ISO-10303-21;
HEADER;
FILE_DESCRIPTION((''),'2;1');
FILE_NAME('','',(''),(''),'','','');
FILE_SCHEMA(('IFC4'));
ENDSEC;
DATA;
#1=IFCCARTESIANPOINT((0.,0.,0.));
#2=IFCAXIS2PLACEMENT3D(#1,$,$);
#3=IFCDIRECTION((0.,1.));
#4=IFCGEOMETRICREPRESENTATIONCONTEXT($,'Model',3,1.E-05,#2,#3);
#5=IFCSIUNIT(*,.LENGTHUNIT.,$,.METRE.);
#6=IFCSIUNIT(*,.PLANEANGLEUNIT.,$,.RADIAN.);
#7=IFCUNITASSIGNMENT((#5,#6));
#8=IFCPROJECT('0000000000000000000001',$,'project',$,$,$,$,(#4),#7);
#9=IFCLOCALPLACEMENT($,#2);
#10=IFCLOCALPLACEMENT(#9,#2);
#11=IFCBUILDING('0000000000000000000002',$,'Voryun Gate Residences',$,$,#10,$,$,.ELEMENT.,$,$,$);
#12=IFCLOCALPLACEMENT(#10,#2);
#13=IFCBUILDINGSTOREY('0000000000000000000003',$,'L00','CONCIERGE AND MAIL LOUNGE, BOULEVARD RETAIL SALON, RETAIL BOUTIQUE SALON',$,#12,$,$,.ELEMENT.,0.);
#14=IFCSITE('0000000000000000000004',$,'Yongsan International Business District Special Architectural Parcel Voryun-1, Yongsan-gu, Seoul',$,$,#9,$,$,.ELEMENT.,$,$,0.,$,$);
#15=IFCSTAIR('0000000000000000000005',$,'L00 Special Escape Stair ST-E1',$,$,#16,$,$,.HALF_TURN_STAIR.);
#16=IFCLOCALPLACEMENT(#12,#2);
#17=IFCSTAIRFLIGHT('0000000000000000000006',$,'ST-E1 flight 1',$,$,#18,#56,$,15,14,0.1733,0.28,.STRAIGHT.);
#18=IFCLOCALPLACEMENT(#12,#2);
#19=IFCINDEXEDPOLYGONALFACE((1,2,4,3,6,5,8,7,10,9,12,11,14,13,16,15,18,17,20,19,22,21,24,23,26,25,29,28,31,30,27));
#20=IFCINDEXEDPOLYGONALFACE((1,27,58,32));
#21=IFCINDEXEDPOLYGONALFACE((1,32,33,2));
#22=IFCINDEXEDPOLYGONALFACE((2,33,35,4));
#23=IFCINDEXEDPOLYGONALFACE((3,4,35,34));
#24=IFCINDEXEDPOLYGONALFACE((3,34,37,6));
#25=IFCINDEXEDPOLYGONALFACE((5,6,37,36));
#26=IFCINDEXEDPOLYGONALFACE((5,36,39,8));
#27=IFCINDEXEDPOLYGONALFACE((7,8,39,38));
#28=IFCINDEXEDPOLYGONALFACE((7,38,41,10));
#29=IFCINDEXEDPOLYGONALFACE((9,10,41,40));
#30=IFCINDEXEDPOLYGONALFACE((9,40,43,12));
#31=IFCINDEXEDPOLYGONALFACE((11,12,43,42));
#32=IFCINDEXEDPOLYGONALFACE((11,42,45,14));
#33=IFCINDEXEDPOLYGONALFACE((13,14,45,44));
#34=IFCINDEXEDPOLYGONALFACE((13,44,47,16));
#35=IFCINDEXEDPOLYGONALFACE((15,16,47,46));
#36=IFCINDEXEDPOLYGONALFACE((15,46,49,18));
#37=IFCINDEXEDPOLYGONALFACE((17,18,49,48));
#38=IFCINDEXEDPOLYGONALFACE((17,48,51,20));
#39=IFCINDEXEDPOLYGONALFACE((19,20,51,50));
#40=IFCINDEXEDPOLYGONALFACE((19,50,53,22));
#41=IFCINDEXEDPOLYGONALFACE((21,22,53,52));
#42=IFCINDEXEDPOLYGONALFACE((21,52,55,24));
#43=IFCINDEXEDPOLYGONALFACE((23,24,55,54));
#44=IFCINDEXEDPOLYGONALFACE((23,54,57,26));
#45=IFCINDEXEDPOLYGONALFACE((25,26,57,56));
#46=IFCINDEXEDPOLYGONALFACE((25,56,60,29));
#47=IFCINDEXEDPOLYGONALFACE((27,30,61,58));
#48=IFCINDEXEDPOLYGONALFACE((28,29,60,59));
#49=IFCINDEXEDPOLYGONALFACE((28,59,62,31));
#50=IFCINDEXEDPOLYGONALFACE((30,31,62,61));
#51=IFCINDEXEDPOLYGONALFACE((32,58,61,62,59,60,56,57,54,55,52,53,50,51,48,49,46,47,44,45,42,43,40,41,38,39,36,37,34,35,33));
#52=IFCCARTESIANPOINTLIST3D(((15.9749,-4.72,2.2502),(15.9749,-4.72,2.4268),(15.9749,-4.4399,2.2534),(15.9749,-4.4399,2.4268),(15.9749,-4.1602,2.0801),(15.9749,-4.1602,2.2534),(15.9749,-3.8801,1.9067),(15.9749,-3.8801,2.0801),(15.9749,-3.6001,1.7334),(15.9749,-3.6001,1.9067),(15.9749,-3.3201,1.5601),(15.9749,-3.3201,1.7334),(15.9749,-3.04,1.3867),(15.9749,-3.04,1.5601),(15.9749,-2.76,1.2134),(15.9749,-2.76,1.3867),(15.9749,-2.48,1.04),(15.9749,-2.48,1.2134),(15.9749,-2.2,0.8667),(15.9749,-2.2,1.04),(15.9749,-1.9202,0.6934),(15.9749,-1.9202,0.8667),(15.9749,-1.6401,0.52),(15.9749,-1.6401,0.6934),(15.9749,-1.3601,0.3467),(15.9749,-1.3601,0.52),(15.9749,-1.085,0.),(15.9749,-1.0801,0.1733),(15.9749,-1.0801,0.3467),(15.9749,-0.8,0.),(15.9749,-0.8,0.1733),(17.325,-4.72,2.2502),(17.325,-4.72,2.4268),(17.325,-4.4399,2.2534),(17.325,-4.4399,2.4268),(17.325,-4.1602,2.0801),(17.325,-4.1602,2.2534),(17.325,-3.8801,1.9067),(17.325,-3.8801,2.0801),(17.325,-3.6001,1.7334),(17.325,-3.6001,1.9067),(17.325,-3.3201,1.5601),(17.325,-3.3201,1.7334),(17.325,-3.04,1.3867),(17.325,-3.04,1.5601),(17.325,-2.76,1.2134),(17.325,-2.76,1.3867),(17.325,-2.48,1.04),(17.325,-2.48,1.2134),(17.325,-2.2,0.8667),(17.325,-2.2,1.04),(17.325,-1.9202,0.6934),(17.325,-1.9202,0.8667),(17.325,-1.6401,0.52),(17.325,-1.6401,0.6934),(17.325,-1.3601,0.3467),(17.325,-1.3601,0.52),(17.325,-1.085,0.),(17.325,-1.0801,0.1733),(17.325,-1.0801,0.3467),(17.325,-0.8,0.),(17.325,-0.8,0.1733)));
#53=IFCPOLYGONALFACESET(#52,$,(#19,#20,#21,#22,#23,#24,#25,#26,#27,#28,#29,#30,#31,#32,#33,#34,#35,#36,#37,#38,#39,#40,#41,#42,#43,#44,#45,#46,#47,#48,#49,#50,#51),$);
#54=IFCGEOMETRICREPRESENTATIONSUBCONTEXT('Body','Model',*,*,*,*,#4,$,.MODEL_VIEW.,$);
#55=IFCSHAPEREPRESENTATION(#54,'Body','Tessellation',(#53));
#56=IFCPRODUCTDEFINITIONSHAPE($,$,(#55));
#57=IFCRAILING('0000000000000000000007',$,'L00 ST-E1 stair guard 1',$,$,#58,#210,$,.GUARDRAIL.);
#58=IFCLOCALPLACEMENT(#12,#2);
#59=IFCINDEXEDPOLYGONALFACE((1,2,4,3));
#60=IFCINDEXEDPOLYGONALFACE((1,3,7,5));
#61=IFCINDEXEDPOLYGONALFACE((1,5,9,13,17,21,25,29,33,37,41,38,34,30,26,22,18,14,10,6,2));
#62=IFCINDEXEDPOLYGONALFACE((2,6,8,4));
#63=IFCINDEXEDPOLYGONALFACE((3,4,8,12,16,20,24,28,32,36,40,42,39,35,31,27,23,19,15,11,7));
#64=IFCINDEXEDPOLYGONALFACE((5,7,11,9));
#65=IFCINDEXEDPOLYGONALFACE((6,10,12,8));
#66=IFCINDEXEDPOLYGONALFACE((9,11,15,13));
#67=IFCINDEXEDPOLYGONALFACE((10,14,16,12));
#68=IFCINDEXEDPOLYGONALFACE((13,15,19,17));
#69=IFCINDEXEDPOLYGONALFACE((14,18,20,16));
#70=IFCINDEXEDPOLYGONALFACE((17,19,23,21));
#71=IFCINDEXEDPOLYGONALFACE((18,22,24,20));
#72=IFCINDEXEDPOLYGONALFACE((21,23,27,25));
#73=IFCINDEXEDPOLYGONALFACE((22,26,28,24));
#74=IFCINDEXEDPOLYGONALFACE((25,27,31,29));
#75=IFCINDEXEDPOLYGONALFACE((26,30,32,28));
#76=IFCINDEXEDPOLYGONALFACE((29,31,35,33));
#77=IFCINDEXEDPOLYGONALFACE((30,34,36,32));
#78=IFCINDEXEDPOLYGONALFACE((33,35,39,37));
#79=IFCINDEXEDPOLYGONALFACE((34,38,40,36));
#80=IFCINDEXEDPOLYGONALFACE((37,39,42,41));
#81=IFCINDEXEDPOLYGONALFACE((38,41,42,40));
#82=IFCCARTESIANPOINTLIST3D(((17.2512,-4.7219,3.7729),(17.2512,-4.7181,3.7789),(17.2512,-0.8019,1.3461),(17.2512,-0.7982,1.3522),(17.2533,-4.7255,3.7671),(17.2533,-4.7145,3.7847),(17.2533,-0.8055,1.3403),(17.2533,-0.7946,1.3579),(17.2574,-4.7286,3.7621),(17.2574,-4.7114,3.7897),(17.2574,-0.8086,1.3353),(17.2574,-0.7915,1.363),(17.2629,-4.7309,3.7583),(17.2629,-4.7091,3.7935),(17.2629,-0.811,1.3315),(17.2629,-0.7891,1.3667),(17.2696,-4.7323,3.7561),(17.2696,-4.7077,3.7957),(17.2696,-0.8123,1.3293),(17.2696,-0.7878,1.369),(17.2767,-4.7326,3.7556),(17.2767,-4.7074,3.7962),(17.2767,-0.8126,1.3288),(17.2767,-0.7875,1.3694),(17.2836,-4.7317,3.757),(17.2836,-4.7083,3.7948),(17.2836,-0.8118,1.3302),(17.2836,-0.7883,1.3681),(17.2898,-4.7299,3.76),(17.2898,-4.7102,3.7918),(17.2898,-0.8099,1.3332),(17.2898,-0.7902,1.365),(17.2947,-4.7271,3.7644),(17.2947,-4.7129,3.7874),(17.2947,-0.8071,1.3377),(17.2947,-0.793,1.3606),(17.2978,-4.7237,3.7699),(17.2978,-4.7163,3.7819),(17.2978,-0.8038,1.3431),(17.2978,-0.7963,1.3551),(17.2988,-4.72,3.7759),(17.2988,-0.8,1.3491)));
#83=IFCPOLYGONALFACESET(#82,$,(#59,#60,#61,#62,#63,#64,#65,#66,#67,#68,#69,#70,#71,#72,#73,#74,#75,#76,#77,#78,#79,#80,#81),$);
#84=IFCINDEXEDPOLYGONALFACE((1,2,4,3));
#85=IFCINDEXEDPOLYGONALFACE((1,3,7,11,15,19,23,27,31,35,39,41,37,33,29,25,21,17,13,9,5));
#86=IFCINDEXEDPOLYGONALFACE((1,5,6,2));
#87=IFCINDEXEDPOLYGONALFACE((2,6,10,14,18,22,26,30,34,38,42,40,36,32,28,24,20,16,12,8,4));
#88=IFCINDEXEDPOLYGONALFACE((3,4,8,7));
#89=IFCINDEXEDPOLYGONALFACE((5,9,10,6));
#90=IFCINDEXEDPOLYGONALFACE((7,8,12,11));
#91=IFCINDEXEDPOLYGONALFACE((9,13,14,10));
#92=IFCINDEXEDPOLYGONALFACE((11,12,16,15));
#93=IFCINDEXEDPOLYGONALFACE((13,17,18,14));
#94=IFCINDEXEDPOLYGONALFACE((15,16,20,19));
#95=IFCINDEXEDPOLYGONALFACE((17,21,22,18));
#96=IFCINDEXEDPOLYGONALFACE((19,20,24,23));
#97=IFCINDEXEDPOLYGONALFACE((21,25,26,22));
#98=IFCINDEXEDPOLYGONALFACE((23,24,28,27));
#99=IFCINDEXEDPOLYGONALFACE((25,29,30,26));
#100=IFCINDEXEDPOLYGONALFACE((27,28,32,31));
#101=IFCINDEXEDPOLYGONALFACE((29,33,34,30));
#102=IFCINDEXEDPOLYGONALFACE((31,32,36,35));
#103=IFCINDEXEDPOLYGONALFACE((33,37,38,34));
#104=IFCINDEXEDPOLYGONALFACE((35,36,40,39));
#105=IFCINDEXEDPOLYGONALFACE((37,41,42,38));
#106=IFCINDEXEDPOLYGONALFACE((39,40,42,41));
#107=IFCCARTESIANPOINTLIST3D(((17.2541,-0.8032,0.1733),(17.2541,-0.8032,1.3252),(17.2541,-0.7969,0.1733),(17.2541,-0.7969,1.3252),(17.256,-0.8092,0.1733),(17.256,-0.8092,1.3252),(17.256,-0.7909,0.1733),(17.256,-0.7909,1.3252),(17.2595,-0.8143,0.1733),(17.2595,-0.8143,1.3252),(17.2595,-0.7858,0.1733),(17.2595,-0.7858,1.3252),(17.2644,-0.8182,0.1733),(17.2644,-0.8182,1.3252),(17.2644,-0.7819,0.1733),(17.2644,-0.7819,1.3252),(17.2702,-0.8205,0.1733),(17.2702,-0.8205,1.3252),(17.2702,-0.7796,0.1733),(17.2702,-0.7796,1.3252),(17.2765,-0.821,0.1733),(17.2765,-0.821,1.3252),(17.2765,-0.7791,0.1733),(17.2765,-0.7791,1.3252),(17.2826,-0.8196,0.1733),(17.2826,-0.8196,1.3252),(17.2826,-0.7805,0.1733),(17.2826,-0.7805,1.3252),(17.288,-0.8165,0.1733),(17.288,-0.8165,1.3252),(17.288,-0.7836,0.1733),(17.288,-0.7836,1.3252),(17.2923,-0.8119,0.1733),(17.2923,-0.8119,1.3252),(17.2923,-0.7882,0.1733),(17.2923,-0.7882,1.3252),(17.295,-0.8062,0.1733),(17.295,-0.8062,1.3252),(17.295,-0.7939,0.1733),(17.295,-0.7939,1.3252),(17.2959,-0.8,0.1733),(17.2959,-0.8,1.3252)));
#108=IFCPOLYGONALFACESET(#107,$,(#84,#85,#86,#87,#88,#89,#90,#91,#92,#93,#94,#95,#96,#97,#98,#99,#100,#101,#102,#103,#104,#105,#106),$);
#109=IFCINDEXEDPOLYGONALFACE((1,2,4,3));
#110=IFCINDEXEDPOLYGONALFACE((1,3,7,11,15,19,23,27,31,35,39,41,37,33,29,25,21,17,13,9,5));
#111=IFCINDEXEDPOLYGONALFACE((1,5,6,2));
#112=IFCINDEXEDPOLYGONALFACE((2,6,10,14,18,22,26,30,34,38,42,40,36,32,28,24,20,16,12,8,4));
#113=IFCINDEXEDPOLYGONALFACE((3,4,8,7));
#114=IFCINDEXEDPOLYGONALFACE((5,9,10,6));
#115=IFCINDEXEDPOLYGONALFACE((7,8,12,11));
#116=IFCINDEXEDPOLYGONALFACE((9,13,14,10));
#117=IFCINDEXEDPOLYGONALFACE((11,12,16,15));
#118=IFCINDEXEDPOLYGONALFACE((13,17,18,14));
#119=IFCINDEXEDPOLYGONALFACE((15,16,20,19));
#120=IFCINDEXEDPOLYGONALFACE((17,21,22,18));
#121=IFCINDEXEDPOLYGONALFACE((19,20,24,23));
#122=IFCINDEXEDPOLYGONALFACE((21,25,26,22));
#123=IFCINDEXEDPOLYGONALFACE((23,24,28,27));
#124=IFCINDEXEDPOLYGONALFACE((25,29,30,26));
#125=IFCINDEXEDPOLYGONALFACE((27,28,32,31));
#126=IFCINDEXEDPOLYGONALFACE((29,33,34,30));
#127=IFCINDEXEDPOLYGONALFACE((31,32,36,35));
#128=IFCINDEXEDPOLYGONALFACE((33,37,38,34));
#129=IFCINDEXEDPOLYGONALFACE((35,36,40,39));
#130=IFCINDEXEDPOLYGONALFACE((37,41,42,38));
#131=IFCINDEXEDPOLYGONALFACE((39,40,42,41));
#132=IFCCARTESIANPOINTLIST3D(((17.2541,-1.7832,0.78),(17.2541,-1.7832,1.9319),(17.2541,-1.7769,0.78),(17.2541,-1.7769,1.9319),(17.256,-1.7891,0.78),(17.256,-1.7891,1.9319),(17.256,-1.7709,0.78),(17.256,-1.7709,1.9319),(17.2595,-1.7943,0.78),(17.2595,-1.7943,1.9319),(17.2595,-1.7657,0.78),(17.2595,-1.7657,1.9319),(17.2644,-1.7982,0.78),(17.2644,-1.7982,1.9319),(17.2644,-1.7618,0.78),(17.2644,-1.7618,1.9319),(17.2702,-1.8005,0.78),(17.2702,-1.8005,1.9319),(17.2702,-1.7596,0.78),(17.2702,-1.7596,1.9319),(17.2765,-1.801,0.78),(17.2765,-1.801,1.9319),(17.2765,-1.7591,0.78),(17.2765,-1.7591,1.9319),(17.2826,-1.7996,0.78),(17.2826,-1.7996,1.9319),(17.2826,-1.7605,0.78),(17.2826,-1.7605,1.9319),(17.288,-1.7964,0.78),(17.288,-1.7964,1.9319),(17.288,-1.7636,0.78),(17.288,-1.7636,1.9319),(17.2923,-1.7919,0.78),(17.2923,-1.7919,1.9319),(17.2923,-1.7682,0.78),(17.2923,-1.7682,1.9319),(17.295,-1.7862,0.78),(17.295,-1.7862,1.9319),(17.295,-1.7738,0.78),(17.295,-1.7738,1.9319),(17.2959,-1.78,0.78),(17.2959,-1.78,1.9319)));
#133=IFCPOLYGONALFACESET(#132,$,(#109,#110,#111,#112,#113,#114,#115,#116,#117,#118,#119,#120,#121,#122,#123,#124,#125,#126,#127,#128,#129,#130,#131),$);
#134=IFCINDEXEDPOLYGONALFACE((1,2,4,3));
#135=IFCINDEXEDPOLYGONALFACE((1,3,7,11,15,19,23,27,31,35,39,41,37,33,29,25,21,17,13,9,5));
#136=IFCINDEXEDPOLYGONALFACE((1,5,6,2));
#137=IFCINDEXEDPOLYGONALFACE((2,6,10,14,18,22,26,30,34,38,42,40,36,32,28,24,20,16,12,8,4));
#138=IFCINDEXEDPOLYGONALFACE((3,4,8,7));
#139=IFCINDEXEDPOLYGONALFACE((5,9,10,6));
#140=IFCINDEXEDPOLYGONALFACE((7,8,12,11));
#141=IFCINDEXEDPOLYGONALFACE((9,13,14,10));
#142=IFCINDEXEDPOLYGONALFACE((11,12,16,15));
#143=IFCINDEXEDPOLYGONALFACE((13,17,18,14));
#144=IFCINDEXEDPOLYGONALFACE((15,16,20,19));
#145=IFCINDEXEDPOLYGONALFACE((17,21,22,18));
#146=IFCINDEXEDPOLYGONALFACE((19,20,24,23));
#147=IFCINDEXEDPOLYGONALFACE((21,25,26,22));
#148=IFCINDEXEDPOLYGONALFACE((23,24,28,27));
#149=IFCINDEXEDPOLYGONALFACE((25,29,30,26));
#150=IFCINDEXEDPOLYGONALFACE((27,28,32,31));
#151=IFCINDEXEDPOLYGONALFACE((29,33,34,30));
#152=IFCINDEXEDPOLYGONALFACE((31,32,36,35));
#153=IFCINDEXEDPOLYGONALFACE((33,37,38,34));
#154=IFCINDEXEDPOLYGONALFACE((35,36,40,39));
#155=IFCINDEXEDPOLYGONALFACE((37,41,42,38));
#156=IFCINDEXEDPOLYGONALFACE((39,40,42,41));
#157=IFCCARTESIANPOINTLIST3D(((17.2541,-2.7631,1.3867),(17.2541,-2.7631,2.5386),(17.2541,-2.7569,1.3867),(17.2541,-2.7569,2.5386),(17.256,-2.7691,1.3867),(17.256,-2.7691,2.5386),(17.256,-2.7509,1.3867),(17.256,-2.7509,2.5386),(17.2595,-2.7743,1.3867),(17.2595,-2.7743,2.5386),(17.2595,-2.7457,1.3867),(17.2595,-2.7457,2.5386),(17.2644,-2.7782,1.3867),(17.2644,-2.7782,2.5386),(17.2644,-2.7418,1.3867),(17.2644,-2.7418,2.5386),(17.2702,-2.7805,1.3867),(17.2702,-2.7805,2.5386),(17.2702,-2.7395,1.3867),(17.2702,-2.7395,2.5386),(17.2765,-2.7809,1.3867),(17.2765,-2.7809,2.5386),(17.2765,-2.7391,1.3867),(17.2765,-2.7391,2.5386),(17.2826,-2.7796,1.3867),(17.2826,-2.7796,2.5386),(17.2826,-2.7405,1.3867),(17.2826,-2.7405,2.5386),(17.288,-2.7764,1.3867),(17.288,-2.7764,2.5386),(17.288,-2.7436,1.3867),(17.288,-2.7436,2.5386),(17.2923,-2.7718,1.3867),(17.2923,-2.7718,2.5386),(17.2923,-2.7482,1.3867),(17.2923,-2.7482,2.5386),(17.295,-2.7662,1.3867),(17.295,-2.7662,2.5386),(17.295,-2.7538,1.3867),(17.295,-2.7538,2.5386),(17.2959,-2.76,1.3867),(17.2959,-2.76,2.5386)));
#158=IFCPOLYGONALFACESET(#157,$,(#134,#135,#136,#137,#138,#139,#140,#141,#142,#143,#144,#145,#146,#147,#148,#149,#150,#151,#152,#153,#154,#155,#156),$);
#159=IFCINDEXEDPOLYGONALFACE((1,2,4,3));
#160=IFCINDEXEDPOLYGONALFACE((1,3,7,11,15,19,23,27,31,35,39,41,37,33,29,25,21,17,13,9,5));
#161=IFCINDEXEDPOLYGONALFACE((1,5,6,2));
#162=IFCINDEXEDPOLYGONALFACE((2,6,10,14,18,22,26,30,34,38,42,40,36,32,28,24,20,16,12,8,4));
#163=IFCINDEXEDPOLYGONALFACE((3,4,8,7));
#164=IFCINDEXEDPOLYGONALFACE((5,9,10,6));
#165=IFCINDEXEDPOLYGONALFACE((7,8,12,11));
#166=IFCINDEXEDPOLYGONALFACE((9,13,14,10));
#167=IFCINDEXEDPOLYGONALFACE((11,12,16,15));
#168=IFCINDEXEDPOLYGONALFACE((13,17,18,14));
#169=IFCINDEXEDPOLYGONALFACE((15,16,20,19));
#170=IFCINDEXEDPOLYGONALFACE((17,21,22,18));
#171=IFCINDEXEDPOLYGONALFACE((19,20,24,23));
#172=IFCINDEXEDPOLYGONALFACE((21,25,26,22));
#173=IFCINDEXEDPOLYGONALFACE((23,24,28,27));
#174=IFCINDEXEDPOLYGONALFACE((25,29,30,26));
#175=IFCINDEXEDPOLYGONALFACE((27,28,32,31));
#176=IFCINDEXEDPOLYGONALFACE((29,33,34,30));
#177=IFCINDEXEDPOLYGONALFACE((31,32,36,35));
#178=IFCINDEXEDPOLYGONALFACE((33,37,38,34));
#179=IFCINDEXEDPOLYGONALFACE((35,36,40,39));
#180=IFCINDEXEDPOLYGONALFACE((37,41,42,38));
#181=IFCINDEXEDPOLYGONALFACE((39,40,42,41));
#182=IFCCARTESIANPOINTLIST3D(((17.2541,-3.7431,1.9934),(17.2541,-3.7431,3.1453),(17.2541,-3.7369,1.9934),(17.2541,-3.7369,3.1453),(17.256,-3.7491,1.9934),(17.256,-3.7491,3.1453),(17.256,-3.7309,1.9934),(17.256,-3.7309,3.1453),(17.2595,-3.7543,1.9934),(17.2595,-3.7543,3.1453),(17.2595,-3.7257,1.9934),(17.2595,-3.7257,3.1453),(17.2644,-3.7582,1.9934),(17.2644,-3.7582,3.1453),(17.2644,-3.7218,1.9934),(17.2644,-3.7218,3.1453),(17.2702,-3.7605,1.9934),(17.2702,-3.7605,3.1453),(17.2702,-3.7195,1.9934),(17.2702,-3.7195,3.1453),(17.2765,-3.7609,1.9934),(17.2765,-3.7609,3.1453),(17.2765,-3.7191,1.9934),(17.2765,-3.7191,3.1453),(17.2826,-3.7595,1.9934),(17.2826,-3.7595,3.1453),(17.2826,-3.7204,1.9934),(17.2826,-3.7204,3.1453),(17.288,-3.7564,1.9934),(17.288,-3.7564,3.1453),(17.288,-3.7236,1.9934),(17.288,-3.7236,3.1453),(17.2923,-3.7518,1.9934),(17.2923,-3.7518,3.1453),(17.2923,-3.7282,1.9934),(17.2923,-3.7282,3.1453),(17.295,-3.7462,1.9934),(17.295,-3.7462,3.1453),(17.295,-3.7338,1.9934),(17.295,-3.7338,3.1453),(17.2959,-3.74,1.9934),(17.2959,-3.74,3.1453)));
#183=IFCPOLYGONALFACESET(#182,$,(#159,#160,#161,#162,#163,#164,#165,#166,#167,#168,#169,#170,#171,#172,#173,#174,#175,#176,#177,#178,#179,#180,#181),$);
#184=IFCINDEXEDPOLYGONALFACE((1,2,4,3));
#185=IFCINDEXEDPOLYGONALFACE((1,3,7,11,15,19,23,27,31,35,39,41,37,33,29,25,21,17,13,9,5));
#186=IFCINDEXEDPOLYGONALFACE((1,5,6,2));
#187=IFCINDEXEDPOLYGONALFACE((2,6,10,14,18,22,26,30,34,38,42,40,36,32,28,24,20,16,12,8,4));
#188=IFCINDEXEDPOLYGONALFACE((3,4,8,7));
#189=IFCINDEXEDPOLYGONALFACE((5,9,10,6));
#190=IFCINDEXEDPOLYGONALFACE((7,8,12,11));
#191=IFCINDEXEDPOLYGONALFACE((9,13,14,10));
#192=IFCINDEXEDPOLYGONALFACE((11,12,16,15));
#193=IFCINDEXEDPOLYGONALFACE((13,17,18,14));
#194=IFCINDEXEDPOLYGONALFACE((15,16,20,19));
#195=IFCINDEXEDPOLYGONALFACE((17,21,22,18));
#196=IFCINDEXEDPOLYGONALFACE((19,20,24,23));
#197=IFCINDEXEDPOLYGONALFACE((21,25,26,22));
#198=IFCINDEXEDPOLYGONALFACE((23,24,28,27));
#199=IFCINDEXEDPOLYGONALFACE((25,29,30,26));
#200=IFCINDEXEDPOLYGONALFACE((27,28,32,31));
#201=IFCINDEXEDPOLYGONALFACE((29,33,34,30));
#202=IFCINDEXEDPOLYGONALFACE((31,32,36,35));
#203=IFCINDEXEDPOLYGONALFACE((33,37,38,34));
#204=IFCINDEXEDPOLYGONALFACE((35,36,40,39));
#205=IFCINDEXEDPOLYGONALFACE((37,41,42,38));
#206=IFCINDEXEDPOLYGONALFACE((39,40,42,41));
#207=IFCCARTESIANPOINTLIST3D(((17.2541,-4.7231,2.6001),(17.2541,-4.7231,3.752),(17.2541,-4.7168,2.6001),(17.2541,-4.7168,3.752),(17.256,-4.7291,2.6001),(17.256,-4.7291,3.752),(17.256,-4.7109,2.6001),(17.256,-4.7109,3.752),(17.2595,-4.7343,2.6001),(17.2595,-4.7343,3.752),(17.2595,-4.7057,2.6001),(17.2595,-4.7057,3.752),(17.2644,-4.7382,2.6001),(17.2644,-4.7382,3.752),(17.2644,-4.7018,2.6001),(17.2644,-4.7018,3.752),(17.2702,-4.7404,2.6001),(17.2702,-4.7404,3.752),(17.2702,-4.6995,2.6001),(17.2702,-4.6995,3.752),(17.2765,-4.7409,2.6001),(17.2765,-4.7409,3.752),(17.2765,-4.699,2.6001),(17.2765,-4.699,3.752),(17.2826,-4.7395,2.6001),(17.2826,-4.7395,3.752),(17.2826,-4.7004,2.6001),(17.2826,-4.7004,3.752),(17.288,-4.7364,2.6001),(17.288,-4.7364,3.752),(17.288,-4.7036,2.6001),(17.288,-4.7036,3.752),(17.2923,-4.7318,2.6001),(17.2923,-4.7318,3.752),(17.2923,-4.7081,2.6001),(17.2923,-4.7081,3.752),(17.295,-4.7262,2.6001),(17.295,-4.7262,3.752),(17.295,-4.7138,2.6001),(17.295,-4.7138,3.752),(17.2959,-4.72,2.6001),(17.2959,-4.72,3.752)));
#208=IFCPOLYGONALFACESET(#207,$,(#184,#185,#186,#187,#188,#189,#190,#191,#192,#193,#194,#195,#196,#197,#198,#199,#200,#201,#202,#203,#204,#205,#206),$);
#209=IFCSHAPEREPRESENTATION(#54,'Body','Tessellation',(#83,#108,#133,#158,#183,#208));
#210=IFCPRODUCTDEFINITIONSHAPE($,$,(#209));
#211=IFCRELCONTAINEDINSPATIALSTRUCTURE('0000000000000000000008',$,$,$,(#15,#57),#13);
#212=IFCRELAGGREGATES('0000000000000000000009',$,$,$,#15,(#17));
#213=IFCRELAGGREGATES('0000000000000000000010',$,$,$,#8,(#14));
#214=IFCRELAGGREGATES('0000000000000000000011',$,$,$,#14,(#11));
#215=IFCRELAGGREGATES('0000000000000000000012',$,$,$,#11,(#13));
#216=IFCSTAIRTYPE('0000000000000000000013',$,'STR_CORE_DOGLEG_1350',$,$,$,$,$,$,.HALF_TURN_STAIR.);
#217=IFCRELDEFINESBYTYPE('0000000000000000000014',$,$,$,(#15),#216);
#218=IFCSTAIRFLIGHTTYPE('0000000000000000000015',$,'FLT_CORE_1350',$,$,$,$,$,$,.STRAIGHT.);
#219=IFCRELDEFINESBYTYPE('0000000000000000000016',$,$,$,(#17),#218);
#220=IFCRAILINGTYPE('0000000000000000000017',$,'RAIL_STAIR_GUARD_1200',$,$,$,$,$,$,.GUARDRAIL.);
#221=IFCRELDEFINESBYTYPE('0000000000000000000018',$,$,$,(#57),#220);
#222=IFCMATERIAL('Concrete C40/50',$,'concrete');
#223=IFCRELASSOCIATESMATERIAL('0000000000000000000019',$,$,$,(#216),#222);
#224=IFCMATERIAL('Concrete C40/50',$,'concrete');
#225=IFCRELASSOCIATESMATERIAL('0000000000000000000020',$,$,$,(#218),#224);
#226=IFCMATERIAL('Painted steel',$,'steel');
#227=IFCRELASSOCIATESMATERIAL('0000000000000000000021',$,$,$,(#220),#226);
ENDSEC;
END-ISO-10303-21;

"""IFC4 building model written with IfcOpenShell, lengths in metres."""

from ifc_helpers import new_model, si_unit, direction, frame, origin, origin_2d, place, context, subcontext, project, spatial, polyline, circle, outline, extrude, material, type_object, element, aggregate, save


model = new_model("IFC4")

# Units and contexts
model_context = context("Model", 3, precision=1e-05, world=origin(), true_north=direction((0.0, 1.0)))
body_context = subcontext(model_context, "Body", "Model", "MODEL_VIEW")
ifc_project = project(units=[si_unit("LENGTHUNIT", "METRE"), si_unit("PLANEANGLEUNIT", "RADIAN")], contexts=[model_context])

# Site, building, storey
site_placement = place(None, origin())
site = spatial("IfcSite", under=ifc_project, at=site_placement, Name="Yongsan International Business District Special Architectural Parcel Voryun-1, Yongsan-gu, Seoul", CompositionType="ELEMENT", RefElevation=0.0)
building_placement = place(site_placement, origin())
building = spatial("IfcBuilding", under=site, at=building_placement, Name="Voryun Gate Residences", CompositionType="ELEMENT")
storey_placement = place(building_placement, origin())
storey = spatial("IfcBuildingStorey", under=building, at=storey_placement, Name="L00", Description="CONCIERGE AND MAIL LOUNGE, BOULEVARD RETAIL SALON, RETAIL BOUTIQUE SALON", CompositionType="ELEMENT", Elevation=0.0)

# Stair, stair flight
ifc_material_1 = material(Name="Concrete C40/50", Category="concrete")
stair_type = type_object("IfcStairType", Name="STR_CORE_DOGLEG_1350", PredefinedType="HALF_TURN_STAIR", material=ifc_material_1)
stair_placement = place(storey_placement, origin())
stair = element("IfcStair", 1, at=stair_placement, inside=storey, type_object=stair_type, Name="L00 Special Escape Stair ST-E1", PredefinedType="HALF_TURN_STAIR")
ifc_material_2 = material(Name="Concrete C40/50", Category="concrete")
stair_flight_type = type_object("IfcStairFlightType", Name="FLT_CORE_1350", PredefinedType="STRAIGHT", material=ifc_material_2)
stair_flight_placement = place(storey_placement, frame((16.6499, -0.8, 0.0), z_axis=(0.0, 0.0, 1.0), x_axis=(0.0, -1.0, 0.0)))
stair_flight = element("IfcStairFlight", 2, at=stair_flight_placement, type_object=stair_flight_type, Name="ST-E1 flight 1", NumberOfRisers=15, NumberOfTreads=14, PredefinedType="STRAIGHT", RiserHeight=0.1733, TreadLength=0.28, context=body_context, shape_type="SweptSolid", body=[
    extrude(outline(polyline([(0.0, 0.0), (0.0, 0.1733), (0.28, 0.1733), (0.28, 0.3467), (0.5601, 0.3467), (0.5601, 0.52), (0.8401, 0.52), (0.8401, 0.6934), (1.1201, 0.6934), (1.1201, 0.8667), (1.3999, 0.8667), (1.3999, 1.04), (1.6799, 1.04), (1.6799, 1.2134), (1.96, 1.2134), (1.96, 1.3867), (2.24, 1.3867), (2.24, 1.5601), (2.52, 1.5601), (2.52, 1.7334), (2.8, 1.7334), (2.8, 1.9067), (3.0801, 1.9067), (3.0801, 2.0801), (3.3601, 2.0801), (3.3601, 2.2534), (3.6399, 2.2534), (3.6399, 2.4268), (3.9199, 2.4268), (3.9199, 2.6001), (3.9199, 2.2502), (0.2849, 0.0), (0.0, 0.0)])), frame((0.0, 0.675, 0.0), z_axis=(0.0, -1.0, 0.0), x_axis=(1.0, 0.0, 0.0)), (0.0, 0.0, 1.0), 1.3501),
])
aggregate(stair, [stair_flight])

# Railing
ifc_material_3 = material(Name="Painted steel", Category="steel")
railing_type_1 = type_object("IfcRailingType", Name="RAIL_STAIR_GUARD_1200", PredefinedType="GUARDRAIL", material=ifc_material_3)
railing_1_placement = place(storey_placement, frame((17.2749, -0.8, 0.1733)))
element("IfcRailing", 3, at=railing_1_placement, inside=storey, type_object=railing_type_1, Name="L00 ST-E1 stair guard 1", PredefinedType="GUARDRAIL", context=body_context, shape_type="SweptSolid", body=[
    extrude(circle(Radius=0.0239, at=origin_2d()), frame((0.0, 0.0, 1.1758), z_axis=(0.0, -0.850252, 0.526376), x_axis=(1.0, 0.0, 0.0)), (0.0, 0.0, 1.0), 4.6104),
    extrude(circle(Radius=0.021, at=origin_2d()), origin(), (0.0, 0.0, 1.0), 1.1519),
    extrude(circle(Radius=0.021, at=origin_2d()), frame((0.0, -0.98, 0.6067)), (0.0, 0.0, 1.0), 1.1519),
    extrude(circle(Radius=0.021, at=origin_2d()), frame((0.0, -1.96, 1.2134)), (0.0, 0.0, 1.0), 1.1519),
    extrude(circle(Radius=0.021, at=origin_2d()), frame((0.0, -2.9399, 1.8201)), (0.0, 0.0, 1.0), 1.1519),
    extrude(circle(Radius=0.021, at=origin_2d()), frame((0.0, -3.9199, 2.4268)), (0.0, 0.0, 1.0), 1.1519),
])

save(model, "model.ifc")
